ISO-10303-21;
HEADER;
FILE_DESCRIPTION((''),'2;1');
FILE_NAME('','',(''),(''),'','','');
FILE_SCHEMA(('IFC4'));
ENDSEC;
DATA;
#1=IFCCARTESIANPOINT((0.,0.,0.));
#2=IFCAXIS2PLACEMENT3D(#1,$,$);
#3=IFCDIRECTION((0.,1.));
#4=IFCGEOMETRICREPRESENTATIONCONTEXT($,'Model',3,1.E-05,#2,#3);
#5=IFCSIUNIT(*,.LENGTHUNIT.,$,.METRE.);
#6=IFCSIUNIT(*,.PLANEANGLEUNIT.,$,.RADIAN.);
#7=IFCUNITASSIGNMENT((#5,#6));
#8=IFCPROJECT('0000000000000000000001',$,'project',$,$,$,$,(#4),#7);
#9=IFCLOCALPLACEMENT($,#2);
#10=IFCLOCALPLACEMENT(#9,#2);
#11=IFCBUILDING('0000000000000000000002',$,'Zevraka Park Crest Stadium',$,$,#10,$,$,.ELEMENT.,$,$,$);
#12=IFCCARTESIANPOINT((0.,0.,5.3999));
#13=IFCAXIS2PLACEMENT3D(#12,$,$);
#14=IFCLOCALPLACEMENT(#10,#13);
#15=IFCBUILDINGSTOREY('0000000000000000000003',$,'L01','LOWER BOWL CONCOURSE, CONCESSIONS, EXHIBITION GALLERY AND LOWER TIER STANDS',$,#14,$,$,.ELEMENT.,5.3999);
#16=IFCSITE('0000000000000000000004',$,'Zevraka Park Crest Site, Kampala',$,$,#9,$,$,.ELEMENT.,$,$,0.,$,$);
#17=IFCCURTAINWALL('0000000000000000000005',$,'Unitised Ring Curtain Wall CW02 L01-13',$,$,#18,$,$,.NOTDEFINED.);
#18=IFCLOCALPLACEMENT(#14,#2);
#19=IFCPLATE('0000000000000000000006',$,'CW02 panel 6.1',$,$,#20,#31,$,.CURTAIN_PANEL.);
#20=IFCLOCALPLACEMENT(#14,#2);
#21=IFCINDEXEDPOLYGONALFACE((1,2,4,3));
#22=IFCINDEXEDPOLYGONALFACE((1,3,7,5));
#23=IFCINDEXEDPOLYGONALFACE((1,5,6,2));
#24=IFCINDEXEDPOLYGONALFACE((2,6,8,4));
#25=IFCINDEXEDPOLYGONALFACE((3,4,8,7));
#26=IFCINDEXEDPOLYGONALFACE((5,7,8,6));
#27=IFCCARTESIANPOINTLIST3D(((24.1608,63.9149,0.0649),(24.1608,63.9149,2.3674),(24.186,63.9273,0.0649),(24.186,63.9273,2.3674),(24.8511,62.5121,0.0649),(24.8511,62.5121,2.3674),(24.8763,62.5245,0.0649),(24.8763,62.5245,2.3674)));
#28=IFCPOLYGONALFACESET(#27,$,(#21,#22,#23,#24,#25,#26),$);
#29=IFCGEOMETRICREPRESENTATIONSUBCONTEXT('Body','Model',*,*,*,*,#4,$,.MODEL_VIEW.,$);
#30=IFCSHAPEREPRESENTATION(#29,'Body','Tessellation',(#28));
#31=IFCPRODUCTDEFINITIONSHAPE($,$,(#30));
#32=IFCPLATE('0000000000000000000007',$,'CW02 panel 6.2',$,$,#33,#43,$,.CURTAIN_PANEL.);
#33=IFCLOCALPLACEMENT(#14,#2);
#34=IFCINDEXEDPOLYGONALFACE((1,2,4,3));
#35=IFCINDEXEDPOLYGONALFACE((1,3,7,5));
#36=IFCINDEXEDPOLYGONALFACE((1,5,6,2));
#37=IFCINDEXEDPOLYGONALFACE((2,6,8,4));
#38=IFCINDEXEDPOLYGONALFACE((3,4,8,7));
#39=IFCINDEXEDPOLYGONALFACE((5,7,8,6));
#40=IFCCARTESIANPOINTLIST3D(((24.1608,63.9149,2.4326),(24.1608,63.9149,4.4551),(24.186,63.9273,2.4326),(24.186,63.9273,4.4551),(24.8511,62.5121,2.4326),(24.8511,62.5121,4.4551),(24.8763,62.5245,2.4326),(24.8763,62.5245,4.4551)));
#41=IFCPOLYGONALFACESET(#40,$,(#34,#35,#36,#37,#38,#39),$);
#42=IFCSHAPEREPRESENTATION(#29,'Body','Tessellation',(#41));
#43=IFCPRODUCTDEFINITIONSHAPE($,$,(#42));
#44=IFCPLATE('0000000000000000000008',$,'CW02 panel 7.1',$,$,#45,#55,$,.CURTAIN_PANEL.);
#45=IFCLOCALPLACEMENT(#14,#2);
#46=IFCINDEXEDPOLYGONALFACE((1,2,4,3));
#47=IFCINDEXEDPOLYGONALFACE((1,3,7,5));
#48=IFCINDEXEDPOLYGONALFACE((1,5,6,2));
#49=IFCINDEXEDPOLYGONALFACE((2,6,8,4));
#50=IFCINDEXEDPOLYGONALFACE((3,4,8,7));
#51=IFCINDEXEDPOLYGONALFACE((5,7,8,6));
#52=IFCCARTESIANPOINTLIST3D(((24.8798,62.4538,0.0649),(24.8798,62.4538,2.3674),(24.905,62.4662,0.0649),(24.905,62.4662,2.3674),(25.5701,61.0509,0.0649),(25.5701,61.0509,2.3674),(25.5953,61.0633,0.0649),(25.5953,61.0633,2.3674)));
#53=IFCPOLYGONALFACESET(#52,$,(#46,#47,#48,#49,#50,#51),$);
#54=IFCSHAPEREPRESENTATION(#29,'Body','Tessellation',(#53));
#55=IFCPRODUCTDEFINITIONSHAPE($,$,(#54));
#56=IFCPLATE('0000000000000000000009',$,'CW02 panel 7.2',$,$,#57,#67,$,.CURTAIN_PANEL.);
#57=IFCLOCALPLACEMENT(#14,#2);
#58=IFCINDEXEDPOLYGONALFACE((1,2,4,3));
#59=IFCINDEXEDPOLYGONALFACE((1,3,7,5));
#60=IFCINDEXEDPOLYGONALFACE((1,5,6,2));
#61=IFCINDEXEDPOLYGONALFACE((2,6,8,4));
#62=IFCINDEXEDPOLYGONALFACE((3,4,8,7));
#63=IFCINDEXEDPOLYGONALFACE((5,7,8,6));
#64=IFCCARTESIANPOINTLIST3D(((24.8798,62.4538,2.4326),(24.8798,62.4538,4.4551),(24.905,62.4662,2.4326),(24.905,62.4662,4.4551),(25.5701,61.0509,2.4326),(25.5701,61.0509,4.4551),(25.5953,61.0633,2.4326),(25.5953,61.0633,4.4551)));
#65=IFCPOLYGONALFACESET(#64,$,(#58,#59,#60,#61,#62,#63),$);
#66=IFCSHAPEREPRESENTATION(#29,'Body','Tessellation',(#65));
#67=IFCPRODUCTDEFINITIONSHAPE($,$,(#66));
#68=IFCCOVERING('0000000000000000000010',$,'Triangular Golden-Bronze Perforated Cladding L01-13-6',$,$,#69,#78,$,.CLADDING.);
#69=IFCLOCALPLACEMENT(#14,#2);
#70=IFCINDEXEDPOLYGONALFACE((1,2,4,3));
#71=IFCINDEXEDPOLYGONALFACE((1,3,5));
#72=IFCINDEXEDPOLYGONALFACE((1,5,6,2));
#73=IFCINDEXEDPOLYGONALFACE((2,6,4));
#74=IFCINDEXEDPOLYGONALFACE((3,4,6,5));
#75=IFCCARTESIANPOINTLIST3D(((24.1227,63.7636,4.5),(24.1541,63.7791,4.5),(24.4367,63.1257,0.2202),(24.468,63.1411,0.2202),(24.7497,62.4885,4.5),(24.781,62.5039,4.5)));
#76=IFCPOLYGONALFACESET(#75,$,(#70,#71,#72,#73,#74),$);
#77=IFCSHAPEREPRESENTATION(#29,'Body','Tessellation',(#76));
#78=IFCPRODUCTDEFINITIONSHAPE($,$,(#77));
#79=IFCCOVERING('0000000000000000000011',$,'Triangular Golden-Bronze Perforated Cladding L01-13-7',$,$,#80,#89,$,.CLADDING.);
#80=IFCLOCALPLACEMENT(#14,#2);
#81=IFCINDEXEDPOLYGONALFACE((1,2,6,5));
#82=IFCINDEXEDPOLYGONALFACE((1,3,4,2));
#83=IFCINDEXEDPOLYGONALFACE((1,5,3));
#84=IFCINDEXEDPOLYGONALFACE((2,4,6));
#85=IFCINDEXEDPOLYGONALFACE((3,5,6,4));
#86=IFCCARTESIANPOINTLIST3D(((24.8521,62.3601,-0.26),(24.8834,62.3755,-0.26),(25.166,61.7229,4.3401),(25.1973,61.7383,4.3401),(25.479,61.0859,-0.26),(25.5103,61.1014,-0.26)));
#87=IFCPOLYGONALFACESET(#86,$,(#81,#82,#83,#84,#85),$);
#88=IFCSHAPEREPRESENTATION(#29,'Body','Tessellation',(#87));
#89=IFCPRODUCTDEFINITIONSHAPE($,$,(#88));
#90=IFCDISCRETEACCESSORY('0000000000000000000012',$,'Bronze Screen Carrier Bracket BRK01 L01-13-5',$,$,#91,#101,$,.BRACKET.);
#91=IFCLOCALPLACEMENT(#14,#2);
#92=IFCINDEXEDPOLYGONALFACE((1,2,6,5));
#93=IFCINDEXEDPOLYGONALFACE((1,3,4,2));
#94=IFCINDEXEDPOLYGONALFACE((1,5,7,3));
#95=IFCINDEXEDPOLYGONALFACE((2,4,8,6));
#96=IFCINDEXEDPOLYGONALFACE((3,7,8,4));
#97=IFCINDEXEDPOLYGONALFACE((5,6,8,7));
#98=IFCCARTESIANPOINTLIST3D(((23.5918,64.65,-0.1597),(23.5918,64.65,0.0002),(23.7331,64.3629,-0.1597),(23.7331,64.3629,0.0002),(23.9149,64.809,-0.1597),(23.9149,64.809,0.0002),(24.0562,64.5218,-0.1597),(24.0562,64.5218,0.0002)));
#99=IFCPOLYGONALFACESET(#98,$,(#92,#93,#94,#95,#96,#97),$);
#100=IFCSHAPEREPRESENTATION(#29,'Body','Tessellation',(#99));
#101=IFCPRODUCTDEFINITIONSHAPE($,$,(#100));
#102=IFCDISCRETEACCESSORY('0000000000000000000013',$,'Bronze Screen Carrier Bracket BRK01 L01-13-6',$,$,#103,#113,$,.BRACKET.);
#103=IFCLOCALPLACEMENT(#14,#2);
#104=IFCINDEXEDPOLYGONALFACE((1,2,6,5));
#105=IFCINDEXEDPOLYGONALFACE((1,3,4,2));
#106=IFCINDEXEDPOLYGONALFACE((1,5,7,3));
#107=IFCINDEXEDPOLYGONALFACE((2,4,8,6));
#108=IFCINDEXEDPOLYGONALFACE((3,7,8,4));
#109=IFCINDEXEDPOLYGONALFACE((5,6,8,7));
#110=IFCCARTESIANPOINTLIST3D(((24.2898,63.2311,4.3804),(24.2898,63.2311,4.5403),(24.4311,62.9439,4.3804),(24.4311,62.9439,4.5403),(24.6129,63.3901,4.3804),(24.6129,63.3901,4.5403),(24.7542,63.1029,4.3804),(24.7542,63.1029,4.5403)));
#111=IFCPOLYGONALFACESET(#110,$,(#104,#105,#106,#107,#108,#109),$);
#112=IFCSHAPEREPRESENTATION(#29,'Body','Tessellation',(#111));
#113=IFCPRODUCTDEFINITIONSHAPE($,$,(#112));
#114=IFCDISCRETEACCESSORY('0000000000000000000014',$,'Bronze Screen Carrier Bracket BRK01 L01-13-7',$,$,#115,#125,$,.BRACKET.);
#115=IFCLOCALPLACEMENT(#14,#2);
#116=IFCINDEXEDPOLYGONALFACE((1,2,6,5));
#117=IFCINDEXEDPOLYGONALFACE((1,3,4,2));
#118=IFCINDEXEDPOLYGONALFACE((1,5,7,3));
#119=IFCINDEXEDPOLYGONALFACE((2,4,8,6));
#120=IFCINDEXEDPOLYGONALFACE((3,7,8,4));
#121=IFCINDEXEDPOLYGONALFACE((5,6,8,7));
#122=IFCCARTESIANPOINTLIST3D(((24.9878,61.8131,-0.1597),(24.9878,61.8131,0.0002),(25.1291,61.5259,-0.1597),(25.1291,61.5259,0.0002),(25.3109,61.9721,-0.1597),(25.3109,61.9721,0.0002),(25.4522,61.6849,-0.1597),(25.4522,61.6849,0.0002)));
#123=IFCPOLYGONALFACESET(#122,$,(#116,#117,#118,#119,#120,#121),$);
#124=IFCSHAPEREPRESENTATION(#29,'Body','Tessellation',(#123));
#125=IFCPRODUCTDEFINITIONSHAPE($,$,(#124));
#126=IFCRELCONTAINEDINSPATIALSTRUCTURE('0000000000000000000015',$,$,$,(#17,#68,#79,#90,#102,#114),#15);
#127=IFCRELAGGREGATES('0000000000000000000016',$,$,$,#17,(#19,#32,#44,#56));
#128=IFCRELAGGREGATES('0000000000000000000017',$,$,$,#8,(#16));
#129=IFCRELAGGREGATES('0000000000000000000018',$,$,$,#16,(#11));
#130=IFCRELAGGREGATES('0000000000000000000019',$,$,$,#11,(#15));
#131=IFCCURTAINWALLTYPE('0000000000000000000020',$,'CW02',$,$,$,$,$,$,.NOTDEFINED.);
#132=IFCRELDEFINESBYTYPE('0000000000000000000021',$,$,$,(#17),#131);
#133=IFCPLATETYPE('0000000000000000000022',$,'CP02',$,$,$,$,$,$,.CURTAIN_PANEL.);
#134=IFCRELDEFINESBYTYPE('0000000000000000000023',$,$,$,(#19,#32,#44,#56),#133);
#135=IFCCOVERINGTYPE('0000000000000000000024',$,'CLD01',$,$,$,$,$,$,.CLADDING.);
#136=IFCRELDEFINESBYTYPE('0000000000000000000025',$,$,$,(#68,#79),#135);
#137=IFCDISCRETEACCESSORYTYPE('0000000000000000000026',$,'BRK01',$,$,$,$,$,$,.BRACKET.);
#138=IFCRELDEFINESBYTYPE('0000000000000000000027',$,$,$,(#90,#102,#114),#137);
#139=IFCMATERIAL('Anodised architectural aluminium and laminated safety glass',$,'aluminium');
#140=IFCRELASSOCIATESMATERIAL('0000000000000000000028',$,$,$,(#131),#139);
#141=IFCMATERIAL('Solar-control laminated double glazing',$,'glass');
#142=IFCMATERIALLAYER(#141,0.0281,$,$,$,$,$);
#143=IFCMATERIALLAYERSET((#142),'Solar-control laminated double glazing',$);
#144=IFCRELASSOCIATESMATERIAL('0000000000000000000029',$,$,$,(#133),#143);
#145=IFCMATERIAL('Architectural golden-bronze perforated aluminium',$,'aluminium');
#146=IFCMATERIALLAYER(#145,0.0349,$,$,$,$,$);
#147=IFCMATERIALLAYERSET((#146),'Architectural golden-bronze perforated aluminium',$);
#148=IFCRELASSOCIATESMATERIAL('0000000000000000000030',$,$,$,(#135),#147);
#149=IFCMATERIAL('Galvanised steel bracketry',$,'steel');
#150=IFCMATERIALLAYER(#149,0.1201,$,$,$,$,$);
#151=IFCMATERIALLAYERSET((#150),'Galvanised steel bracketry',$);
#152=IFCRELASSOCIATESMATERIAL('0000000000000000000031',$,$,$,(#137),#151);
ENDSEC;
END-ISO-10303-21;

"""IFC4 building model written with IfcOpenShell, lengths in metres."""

from ifc_helpers import new_model, si_unit, direction, frame, origin, origin_2d, place, context, subcontext, project, spatial, polyline, rectangle, outline, extrude, material, layer, layer_set, type_object, element, aggregate, save


model = new_model("IFC4")

# Units and contexts
model_context = context("Model", 3, precision=1e-05, world=origin(), true_north=direction((0.0, 1.0)))
body_context = subcontext(model_context, "Body", "Model", "MODEL_VIEW")
ifc_project = project(units=[si_unit("LENGTHUNIT", "METRE"), si_unit("PLANEANGLEUNIT", "RADIAN")], contexts=[model_context])

# Site, building, storey
site_placement = place(None, origin())
site = spatial("IfcSite", under=ifc_project, at=site_placement, Name="Zevraka Park Crest Site, Kampala", CompositionType="ELEMENT", RefElevation=0.0)
building_placement = place(site_placement, origin())
building = spatial("IfcBuilding", under=site, at=building_placement, Name="Zevraka Park Crest Stadium", CompositionType="ELEMENT")
storey_placement = place(building_placement, frame((0.0, 0.0, 5.3999)))
storey = spatial("IfcBuildingStorey", under=building, at=storey_placement, Name="L01", Description="LOWER BOWL CONCOURSE, CONCESSIONS, EXHIBITION GALLERY AND LOWER TIER STANDS", CompositionType="ELEMENT", Elevation=5.3999)

# Curtain wall
ifc_material_1 = material(Name="Anodised architectural aluminium and laminated safety glass", Category="aluminium")
curtain_wall_type = type_object("IfcCurtainWallType", Name="CW02", PredefinedType="NOTDEFINED", material=ifc_material_1)
curtain_wall_placement = place(storey_placement, origin())
curtain_wall = element("IfcCurtainWall", 1, at=curtain_wall_placement, inside=storey, type_object=curtain_wall_type, Name="Unitised Ring Curtain Wall CW02 L01-13", PredefinedType="NOTDEFINED")

# Plates
ifc_material_2 = material(Name="Solar-control laminated double glazing", Category="glass")
ifc_layer_1 = layer(ifc_material_2, 0.0281)
ifc_layer_set_1 = layer_set([ifc_layer_1], Name="Solar-control laminated double glazing")
plate_type = type_object("IfcPlateType", Name="CP02", PredefinedType="CURTAIN_PANEL", material=ifc_layer_set_1)
plate_1_placement = place(storey_placement, frame((24.5186, 63.2197, 0.0649), z_axis=(0.0, 0.0, 1.0), x_axis=(0.441517, -0.897253, 0.0)))
plate_1 = element("IfcPlate", 2, at=plate_1_placement, type_object=plate_type, Name="CW02 panel 6.1", PredefinedType="CURTAIN_PANEL", context=body_context, shape_type="SweptSolid", body=[
    extrude(rectangle(XDim=1.5635, YDim=0.0281, at=origin_2d()), origin(), (0.0, 0.0, 1.0), 2.3025),
])
plate_2_placement = place(storey_placement, frame((24.5186, 63.2197, 2.4326), z_axis=(0.0, 0.0, 1.0), x_axis=(0.441517, -0.897253, 0.0)))
plate_2 = element("IfcPlate", 3, at=plate_2_placement, type_object=plate_type, Name="CW02 panel 6.2", PredefinedType="CURTAIN_PANEL", context=body_context, shape_type="SweptSolid", body=[
    extrude(rectangle(XDim=1.5635, YDim=0.0281, at=origin_2d()), origin(), (0.0, 0.0, 1.0), 2.0225),
])
plate_3_placement = place(storey_placement, frame((25.2375, 61.7585, 0.0649), z_axis=(0.0, 0.0, 1.0), x_axis=(0.441517, -0.897253, 0.0)))
plate_3 = element("IfcPlate", 4, at=plate_3_placement, type_object=plate_type, Name="CW02 panel 7.1", PredefinedType="CURTAIN_PANEL", context=body_context, shape_type="SweptSolid", body=[
    extrude(rectangle(XDim=1.5635, YDim=0.0281, at=origin_2d()), origin(), (0.0, 0.0, 1.0), 2.3025),
])
plate_4_placement = place(storey_placement, frame((25.2375, 61.7585, 2.4326), z_axis=(0.0, 0.0, 1.0), x_axis=(0.441517, -0.897253, 0.0)))
plate_4 = element("IfcPlate", 5, at=plate_4_placement, type_object=plate_type, Name="CW02 panel 7.2", PredefinedType="CURTAIN_PANEL", context=body_context, shape_type="SweptSolid", body=[
    extrude(rectangle(XDim=1.5635, YDim=0.0281, at=origin_2d()), origin(), (0.0, 0.0, 1.0), 2.0225),
])
aggregate(curtain_wall, [plate_1, plate_2, plate_3, plate_4])

# Coverings
ifc_material_3 = material(Name="Architectural golden-bronze perforated aluminium", Category="aluminium")
ifc_layer_2 = layer(ifc_material_3, 0.0349)
ifc_layer_set_2 = layer_set([ifc_layer_2], Name="Architectural golden-bronze perforated aluminium")
covering_type = type_object("IfcCoveringType", Name="CLD01", PredefinedType="CLADDING", material=ifc_layer_set_2)
covering_1_placement = place(storey_placement, frame((24.781, 62.5039, 4.5), z_axis=(0.897397, 0.441224, 0.000065), x_axis=(-0.441224, 0.897397, 0.0)))
element("IfcCovering", 6, at=covering_1_placement, inside=storey, type_object=covering_type, Name="Triangular Golden-Bronze Perforated Cladding L01-13-6", PredefinedType="CLADDING", context=body_context, shape_type="SweptSolid", body=[
    extrude(outline(polyline([(0.0, 0.0), (1.4209, 0.0), (0.7099, -4.2798), (0.0, 0.0)])), origin(), (0.0, 0.0, -1.0), 0.0349),
])
covering_2_placement = place(storey_placement, frame((24.8521, 62.3601, -0.26), z_axis=(-0.897263, -0.441497, 0.000084), x_axis=(0.441497, -0.897263, 0.0)))
element("IfcCovering", 7, at=covering_2_placement, inside=storey, type_object=covering_type, Name="Triangular Golden-Bronze Perforated Cladding L01-13-7", PredefinedType="CLADDING", context=body_context, shape_type="SweptSolid", body=[
    extrude(outline(polyline([(0.0, 0.0), (1.4201, 0.0), (0.7104, 4.6001), (0.0, 0.0)])), origin(), (0.0, 0.0, -1.0), 0.0349),
])

# Discrete accessories
ifc_material_4 = material(Name="Galvanised steel bracketry", Category="steel")
ifc_layer_3 = layer(ifc_material_4, 0.1201)
ifc_layer_set_3 = layer_set([ifc_layer_3], Name="Galvanised steel bracketry")
discrete_accessory_type = type_object("IfcDiscreteAccessoryType", Name="BRK01", PredefinedType="BRACKET", material=ifc_layer_set_3)
for number, where, z_axis, x_axis, name in (
    (8, (23.824, 64.5859, -0.1597), (0.0, 0.0, 1.0), (0.441506, -0.897258, 0.0), "Bronze Screen Carrier Bracket BRK01 L01-13-5"),
    (9, (24.522, 63.167, 4.3804), (0.0, 0.0, 1.0), (0.441506, -0.897258, 0.0), "Bronze Screen Carrier Bracket BRK01 L01-13-6"),
    (10, (25.22, 61.749, -0.1597), (0.0, 0.0, 1.0), (0.441506, -0.897258, 0.0), "Bronze Screen Carrier Bracket BRK01 L01-13-7"),
):
    element("IfcDiscreteAccessory", number, at=place(storey_placement, frame(where, z_axis=z_axis, x_axis=x_axis)), inside=storey, type_object=discrete_accessory_type, Name=name, PredefinedType="BRACKET", context=body_context, shape_type="SweptSolid", body=[
        extrude(rectangle(XDim=0.3201, YDim=0.3601, at=origin_2d()), origin(), (0.0, 0.0, 1.0), 0.1599),
    ])

save(model, "model.ifc")
